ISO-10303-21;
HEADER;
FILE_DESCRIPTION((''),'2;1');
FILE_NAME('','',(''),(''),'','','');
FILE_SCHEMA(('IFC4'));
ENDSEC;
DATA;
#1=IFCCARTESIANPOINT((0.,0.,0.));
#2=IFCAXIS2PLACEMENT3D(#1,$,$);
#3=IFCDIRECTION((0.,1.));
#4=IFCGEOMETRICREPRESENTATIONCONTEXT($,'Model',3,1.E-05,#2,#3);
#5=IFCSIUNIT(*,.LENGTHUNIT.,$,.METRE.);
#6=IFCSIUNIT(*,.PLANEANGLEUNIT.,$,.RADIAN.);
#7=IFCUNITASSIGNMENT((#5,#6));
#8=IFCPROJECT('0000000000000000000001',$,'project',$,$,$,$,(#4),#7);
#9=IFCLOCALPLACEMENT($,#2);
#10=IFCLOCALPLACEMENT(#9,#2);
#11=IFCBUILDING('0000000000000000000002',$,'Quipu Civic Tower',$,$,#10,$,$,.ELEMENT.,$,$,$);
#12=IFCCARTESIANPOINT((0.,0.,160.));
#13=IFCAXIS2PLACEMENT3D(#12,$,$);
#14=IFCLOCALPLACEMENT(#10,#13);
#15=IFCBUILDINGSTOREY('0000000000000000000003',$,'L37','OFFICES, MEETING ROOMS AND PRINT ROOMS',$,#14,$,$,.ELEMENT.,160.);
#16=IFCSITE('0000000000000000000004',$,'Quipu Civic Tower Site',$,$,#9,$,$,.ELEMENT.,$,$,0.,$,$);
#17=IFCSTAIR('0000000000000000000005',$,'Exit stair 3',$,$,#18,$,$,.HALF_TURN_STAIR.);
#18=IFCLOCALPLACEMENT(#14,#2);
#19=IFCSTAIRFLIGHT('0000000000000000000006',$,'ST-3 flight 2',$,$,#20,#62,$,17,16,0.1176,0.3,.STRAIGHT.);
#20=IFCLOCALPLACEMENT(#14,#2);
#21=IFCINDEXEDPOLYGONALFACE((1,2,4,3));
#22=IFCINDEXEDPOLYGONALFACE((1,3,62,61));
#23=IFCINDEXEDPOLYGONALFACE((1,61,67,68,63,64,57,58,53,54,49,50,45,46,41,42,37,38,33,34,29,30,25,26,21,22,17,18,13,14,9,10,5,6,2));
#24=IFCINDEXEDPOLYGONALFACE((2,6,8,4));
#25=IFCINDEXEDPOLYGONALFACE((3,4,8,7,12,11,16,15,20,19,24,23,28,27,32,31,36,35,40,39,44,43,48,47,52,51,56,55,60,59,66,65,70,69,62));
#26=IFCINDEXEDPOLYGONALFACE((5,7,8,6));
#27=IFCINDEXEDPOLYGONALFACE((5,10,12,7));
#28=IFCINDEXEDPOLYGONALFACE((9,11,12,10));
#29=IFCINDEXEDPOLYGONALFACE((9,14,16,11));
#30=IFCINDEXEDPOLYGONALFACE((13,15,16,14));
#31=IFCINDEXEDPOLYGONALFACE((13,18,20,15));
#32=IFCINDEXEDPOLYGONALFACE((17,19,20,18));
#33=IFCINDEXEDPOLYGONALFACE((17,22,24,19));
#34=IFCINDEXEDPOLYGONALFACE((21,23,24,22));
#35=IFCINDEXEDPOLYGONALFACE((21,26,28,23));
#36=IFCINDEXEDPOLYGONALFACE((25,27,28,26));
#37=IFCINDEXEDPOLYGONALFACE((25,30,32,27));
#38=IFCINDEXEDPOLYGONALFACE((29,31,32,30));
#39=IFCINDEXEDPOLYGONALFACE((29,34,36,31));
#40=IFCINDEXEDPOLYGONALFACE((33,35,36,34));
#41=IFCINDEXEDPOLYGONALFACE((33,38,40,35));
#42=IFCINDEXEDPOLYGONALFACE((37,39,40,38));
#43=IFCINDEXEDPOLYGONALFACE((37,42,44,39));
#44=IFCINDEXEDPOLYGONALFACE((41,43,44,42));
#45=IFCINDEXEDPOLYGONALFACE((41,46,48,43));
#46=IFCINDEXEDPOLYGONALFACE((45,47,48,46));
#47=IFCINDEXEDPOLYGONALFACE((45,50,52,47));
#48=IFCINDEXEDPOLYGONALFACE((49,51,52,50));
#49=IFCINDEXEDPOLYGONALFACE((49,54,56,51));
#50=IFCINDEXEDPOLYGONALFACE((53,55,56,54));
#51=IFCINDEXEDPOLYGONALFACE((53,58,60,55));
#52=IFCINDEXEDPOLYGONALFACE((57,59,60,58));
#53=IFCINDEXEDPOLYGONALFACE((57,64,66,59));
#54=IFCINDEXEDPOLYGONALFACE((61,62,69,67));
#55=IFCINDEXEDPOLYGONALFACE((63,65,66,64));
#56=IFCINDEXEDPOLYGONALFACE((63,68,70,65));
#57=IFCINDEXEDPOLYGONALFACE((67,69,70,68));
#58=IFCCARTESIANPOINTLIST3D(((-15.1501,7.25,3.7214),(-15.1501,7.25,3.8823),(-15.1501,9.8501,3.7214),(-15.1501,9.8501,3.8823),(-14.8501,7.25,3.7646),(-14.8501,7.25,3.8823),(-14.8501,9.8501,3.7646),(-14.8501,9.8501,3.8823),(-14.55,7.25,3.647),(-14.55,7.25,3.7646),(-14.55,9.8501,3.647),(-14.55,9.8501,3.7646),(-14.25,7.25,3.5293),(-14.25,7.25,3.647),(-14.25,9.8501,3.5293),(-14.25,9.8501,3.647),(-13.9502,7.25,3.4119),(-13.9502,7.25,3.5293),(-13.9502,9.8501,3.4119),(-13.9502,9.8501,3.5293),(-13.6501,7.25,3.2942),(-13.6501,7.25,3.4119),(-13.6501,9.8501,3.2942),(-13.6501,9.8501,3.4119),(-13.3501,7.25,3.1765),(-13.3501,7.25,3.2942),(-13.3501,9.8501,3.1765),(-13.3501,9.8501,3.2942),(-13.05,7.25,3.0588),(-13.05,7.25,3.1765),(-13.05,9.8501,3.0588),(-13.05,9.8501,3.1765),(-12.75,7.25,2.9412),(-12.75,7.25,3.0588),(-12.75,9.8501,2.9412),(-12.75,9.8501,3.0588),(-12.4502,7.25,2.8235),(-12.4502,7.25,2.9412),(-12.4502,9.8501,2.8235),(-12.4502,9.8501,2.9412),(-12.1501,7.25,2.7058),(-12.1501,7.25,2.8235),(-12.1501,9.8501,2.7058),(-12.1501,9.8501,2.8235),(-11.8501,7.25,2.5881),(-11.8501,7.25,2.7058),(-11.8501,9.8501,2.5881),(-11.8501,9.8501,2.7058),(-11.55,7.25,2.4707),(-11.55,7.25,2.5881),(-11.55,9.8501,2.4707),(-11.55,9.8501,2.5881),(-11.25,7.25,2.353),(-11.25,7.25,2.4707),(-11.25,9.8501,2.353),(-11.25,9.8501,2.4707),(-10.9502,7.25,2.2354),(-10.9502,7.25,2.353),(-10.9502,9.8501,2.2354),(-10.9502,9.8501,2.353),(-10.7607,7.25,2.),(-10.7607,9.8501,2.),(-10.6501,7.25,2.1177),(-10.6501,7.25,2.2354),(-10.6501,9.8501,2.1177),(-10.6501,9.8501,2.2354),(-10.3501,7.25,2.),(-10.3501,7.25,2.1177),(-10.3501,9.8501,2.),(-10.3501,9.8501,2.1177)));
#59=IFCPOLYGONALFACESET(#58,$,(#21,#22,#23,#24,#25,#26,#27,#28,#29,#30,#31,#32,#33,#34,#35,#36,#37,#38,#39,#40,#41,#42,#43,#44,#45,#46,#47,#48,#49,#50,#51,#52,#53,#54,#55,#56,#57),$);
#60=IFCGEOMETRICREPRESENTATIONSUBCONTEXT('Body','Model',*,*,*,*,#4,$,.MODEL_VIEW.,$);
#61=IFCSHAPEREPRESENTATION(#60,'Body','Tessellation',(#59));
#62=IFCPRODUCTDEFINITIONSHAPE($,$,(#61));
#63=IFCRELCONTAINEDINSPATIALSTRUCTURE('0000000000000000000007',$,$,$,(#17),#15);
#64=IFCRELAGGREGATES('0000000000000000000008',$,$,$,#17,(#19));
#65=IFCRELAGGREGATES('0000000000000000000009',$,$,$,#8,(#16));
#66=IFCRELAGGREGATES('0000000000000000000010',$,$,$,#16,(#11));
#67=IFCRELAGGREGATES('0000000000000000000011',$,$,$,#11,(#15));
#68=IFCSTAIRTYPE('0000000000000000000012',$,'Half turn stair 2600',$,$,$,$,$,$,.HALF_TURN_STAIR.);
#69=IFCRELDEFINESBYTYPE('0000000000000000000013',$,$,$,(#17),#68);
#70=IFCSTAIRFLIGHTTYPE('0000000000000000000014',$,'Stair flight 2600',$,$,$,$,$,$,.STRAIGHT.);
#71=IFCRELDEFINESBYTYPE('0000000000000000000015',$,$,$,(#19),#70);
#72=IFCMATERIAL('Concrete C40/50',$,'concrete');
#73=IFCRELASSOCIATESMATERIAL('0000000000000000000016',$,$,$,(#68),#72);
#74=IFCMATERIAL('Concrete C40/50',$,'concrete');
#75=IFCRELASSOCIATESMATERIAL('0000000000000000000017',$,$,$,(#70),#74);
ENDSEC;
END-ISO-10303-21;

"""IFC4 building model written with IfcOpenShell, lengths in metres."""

from ifc_helpers import new_model, si_unit, direction, frame, origin, place, context, subcontext, project, spatial, polyline, outline, extrude, material, type_object, element, aggregate, save


model = new_model("IFC4")

# Units and contexts
model_context = context("Model", 3, precision=1e-05, world=origin(), true_north=direction((0.0, 1.0)))
body_context = subcontext(model_context, "Body", "Model", "MODEL_VIEW")
ifc_project = project(units=[si_unit("LENGTHUNIT", "METRE"), si_unit("PLANEANGLEUNIT", "RADIAN")], contexts=[model_context])

# Site, building, storey
site_placement = place(None, origin())
site = spatial("IfcSite", under=ifc_project, at=site_placement, Name="Quipu Civic Tower Site", CompositionType="ELEMENT", RefElevation=0.0)
building_placement = place(site_placement, origin())
building = spatial("IfcBuilding", under=site, at=building_placement, Name="Quipu Civic Tower", CompositionType="ELEMENT")
storey_placement = place(building_placement, frame((0.0, 0.0, 160.0)))
storey = spatial("IfcBuildingStorey", under=building, at=storey_placement, Name="L37", Description="OFFICES, MEETING ROOMS AND PRINT ROOMS", CompositionType="ELEMENT", Elevation=160.0)

# Stair, stair flight
ifc_material_1 = material(Name="Concrete C40/50", Category="concrete")
stair_type = type_object("IfcStairType", Name="Half turn stair 2600", PredefinedType="HALF_TURN_STAIR", material=ifc_material_1)
stair_placement = place(storey_placement, origin())
stair = element("IfcStair", 1, at=stair_placement, inside=storey, type_object=stair_type, Name="Exit stair 3", PredefinedType="HALF_TURN_STAIR")
ifc_material_2 = material(Name="Concrete C40/50", Category="concrete")
stair_flight_type = type_object("IfcStairFlightType", Name="Stair flight 2600", PredefinedType="STRAIGHT", material=ifc_material_2)
stair_flight_placement = place(storey_placement, frame((-10.3501, 8.55, 2.0), z_axis=(0.0, 0.0, 1.0), x_axis=(-1.0, 0.0, 0.0)))
stair_flight = element("IfcStairFlight", 2, at=stair_flight_placement, type_object=stair_flight_type, Name="ST-3 flight 2", NumberOfRisers=17, NumberOfTreads=16, PredefinedType="STRAIGHT", RiserHeight=0.1176, TreadLength=0.3, context=body_context, shape_type="SweptSolid", body=[
    extrude(outline(polyline([(0.0, 0.0), (0.0, 0.1177), (0.3, 0.1177), (0.3, 0.2354), (0.6001, 0.2354), (0.6001, 0.353), (0.8999, 0.353), (0.8999, 0.4707), (1.2, 0.4707), (1.2, 0.5881), (1.5, 0.5881), (1.5, 0.7058), (1.8, 0.7058), (1.8, 0.8235), (2.1001, 0.8235), (2.1001, 0.9412), (2.3999, 0.9412), (2.3999, 1.0588), (2.7, 1.0588), (2.7, 1.1765), (3.0, 1.1765), (3.0, 1.2942), (3.3, 1.2942), (3.3, 1.4119), (3.6001, 1.4119), (3.6001, 1.5293), (3.8999, 1.5293), (3.8999, 1.647), (4.2, 1.647), (4.2, 1.7646), (4.5, 1.7646), (4.5, 1.8823), (4.8, 1.8823), (4.8, 2.0), (4.8, 1.7214), (0.4106, 0.0), (0.0, 0.0)])), frame((0.0, 1.3, 0.0), z_axis=(0.0, -1.0, 0.0), x_axis=(1.0, 0.0, 0.0)), (0.0, 0.0, 1.0), 2.6001),
])
aggregate(stair, [stair_flight])

save(model, "model.ifc")
